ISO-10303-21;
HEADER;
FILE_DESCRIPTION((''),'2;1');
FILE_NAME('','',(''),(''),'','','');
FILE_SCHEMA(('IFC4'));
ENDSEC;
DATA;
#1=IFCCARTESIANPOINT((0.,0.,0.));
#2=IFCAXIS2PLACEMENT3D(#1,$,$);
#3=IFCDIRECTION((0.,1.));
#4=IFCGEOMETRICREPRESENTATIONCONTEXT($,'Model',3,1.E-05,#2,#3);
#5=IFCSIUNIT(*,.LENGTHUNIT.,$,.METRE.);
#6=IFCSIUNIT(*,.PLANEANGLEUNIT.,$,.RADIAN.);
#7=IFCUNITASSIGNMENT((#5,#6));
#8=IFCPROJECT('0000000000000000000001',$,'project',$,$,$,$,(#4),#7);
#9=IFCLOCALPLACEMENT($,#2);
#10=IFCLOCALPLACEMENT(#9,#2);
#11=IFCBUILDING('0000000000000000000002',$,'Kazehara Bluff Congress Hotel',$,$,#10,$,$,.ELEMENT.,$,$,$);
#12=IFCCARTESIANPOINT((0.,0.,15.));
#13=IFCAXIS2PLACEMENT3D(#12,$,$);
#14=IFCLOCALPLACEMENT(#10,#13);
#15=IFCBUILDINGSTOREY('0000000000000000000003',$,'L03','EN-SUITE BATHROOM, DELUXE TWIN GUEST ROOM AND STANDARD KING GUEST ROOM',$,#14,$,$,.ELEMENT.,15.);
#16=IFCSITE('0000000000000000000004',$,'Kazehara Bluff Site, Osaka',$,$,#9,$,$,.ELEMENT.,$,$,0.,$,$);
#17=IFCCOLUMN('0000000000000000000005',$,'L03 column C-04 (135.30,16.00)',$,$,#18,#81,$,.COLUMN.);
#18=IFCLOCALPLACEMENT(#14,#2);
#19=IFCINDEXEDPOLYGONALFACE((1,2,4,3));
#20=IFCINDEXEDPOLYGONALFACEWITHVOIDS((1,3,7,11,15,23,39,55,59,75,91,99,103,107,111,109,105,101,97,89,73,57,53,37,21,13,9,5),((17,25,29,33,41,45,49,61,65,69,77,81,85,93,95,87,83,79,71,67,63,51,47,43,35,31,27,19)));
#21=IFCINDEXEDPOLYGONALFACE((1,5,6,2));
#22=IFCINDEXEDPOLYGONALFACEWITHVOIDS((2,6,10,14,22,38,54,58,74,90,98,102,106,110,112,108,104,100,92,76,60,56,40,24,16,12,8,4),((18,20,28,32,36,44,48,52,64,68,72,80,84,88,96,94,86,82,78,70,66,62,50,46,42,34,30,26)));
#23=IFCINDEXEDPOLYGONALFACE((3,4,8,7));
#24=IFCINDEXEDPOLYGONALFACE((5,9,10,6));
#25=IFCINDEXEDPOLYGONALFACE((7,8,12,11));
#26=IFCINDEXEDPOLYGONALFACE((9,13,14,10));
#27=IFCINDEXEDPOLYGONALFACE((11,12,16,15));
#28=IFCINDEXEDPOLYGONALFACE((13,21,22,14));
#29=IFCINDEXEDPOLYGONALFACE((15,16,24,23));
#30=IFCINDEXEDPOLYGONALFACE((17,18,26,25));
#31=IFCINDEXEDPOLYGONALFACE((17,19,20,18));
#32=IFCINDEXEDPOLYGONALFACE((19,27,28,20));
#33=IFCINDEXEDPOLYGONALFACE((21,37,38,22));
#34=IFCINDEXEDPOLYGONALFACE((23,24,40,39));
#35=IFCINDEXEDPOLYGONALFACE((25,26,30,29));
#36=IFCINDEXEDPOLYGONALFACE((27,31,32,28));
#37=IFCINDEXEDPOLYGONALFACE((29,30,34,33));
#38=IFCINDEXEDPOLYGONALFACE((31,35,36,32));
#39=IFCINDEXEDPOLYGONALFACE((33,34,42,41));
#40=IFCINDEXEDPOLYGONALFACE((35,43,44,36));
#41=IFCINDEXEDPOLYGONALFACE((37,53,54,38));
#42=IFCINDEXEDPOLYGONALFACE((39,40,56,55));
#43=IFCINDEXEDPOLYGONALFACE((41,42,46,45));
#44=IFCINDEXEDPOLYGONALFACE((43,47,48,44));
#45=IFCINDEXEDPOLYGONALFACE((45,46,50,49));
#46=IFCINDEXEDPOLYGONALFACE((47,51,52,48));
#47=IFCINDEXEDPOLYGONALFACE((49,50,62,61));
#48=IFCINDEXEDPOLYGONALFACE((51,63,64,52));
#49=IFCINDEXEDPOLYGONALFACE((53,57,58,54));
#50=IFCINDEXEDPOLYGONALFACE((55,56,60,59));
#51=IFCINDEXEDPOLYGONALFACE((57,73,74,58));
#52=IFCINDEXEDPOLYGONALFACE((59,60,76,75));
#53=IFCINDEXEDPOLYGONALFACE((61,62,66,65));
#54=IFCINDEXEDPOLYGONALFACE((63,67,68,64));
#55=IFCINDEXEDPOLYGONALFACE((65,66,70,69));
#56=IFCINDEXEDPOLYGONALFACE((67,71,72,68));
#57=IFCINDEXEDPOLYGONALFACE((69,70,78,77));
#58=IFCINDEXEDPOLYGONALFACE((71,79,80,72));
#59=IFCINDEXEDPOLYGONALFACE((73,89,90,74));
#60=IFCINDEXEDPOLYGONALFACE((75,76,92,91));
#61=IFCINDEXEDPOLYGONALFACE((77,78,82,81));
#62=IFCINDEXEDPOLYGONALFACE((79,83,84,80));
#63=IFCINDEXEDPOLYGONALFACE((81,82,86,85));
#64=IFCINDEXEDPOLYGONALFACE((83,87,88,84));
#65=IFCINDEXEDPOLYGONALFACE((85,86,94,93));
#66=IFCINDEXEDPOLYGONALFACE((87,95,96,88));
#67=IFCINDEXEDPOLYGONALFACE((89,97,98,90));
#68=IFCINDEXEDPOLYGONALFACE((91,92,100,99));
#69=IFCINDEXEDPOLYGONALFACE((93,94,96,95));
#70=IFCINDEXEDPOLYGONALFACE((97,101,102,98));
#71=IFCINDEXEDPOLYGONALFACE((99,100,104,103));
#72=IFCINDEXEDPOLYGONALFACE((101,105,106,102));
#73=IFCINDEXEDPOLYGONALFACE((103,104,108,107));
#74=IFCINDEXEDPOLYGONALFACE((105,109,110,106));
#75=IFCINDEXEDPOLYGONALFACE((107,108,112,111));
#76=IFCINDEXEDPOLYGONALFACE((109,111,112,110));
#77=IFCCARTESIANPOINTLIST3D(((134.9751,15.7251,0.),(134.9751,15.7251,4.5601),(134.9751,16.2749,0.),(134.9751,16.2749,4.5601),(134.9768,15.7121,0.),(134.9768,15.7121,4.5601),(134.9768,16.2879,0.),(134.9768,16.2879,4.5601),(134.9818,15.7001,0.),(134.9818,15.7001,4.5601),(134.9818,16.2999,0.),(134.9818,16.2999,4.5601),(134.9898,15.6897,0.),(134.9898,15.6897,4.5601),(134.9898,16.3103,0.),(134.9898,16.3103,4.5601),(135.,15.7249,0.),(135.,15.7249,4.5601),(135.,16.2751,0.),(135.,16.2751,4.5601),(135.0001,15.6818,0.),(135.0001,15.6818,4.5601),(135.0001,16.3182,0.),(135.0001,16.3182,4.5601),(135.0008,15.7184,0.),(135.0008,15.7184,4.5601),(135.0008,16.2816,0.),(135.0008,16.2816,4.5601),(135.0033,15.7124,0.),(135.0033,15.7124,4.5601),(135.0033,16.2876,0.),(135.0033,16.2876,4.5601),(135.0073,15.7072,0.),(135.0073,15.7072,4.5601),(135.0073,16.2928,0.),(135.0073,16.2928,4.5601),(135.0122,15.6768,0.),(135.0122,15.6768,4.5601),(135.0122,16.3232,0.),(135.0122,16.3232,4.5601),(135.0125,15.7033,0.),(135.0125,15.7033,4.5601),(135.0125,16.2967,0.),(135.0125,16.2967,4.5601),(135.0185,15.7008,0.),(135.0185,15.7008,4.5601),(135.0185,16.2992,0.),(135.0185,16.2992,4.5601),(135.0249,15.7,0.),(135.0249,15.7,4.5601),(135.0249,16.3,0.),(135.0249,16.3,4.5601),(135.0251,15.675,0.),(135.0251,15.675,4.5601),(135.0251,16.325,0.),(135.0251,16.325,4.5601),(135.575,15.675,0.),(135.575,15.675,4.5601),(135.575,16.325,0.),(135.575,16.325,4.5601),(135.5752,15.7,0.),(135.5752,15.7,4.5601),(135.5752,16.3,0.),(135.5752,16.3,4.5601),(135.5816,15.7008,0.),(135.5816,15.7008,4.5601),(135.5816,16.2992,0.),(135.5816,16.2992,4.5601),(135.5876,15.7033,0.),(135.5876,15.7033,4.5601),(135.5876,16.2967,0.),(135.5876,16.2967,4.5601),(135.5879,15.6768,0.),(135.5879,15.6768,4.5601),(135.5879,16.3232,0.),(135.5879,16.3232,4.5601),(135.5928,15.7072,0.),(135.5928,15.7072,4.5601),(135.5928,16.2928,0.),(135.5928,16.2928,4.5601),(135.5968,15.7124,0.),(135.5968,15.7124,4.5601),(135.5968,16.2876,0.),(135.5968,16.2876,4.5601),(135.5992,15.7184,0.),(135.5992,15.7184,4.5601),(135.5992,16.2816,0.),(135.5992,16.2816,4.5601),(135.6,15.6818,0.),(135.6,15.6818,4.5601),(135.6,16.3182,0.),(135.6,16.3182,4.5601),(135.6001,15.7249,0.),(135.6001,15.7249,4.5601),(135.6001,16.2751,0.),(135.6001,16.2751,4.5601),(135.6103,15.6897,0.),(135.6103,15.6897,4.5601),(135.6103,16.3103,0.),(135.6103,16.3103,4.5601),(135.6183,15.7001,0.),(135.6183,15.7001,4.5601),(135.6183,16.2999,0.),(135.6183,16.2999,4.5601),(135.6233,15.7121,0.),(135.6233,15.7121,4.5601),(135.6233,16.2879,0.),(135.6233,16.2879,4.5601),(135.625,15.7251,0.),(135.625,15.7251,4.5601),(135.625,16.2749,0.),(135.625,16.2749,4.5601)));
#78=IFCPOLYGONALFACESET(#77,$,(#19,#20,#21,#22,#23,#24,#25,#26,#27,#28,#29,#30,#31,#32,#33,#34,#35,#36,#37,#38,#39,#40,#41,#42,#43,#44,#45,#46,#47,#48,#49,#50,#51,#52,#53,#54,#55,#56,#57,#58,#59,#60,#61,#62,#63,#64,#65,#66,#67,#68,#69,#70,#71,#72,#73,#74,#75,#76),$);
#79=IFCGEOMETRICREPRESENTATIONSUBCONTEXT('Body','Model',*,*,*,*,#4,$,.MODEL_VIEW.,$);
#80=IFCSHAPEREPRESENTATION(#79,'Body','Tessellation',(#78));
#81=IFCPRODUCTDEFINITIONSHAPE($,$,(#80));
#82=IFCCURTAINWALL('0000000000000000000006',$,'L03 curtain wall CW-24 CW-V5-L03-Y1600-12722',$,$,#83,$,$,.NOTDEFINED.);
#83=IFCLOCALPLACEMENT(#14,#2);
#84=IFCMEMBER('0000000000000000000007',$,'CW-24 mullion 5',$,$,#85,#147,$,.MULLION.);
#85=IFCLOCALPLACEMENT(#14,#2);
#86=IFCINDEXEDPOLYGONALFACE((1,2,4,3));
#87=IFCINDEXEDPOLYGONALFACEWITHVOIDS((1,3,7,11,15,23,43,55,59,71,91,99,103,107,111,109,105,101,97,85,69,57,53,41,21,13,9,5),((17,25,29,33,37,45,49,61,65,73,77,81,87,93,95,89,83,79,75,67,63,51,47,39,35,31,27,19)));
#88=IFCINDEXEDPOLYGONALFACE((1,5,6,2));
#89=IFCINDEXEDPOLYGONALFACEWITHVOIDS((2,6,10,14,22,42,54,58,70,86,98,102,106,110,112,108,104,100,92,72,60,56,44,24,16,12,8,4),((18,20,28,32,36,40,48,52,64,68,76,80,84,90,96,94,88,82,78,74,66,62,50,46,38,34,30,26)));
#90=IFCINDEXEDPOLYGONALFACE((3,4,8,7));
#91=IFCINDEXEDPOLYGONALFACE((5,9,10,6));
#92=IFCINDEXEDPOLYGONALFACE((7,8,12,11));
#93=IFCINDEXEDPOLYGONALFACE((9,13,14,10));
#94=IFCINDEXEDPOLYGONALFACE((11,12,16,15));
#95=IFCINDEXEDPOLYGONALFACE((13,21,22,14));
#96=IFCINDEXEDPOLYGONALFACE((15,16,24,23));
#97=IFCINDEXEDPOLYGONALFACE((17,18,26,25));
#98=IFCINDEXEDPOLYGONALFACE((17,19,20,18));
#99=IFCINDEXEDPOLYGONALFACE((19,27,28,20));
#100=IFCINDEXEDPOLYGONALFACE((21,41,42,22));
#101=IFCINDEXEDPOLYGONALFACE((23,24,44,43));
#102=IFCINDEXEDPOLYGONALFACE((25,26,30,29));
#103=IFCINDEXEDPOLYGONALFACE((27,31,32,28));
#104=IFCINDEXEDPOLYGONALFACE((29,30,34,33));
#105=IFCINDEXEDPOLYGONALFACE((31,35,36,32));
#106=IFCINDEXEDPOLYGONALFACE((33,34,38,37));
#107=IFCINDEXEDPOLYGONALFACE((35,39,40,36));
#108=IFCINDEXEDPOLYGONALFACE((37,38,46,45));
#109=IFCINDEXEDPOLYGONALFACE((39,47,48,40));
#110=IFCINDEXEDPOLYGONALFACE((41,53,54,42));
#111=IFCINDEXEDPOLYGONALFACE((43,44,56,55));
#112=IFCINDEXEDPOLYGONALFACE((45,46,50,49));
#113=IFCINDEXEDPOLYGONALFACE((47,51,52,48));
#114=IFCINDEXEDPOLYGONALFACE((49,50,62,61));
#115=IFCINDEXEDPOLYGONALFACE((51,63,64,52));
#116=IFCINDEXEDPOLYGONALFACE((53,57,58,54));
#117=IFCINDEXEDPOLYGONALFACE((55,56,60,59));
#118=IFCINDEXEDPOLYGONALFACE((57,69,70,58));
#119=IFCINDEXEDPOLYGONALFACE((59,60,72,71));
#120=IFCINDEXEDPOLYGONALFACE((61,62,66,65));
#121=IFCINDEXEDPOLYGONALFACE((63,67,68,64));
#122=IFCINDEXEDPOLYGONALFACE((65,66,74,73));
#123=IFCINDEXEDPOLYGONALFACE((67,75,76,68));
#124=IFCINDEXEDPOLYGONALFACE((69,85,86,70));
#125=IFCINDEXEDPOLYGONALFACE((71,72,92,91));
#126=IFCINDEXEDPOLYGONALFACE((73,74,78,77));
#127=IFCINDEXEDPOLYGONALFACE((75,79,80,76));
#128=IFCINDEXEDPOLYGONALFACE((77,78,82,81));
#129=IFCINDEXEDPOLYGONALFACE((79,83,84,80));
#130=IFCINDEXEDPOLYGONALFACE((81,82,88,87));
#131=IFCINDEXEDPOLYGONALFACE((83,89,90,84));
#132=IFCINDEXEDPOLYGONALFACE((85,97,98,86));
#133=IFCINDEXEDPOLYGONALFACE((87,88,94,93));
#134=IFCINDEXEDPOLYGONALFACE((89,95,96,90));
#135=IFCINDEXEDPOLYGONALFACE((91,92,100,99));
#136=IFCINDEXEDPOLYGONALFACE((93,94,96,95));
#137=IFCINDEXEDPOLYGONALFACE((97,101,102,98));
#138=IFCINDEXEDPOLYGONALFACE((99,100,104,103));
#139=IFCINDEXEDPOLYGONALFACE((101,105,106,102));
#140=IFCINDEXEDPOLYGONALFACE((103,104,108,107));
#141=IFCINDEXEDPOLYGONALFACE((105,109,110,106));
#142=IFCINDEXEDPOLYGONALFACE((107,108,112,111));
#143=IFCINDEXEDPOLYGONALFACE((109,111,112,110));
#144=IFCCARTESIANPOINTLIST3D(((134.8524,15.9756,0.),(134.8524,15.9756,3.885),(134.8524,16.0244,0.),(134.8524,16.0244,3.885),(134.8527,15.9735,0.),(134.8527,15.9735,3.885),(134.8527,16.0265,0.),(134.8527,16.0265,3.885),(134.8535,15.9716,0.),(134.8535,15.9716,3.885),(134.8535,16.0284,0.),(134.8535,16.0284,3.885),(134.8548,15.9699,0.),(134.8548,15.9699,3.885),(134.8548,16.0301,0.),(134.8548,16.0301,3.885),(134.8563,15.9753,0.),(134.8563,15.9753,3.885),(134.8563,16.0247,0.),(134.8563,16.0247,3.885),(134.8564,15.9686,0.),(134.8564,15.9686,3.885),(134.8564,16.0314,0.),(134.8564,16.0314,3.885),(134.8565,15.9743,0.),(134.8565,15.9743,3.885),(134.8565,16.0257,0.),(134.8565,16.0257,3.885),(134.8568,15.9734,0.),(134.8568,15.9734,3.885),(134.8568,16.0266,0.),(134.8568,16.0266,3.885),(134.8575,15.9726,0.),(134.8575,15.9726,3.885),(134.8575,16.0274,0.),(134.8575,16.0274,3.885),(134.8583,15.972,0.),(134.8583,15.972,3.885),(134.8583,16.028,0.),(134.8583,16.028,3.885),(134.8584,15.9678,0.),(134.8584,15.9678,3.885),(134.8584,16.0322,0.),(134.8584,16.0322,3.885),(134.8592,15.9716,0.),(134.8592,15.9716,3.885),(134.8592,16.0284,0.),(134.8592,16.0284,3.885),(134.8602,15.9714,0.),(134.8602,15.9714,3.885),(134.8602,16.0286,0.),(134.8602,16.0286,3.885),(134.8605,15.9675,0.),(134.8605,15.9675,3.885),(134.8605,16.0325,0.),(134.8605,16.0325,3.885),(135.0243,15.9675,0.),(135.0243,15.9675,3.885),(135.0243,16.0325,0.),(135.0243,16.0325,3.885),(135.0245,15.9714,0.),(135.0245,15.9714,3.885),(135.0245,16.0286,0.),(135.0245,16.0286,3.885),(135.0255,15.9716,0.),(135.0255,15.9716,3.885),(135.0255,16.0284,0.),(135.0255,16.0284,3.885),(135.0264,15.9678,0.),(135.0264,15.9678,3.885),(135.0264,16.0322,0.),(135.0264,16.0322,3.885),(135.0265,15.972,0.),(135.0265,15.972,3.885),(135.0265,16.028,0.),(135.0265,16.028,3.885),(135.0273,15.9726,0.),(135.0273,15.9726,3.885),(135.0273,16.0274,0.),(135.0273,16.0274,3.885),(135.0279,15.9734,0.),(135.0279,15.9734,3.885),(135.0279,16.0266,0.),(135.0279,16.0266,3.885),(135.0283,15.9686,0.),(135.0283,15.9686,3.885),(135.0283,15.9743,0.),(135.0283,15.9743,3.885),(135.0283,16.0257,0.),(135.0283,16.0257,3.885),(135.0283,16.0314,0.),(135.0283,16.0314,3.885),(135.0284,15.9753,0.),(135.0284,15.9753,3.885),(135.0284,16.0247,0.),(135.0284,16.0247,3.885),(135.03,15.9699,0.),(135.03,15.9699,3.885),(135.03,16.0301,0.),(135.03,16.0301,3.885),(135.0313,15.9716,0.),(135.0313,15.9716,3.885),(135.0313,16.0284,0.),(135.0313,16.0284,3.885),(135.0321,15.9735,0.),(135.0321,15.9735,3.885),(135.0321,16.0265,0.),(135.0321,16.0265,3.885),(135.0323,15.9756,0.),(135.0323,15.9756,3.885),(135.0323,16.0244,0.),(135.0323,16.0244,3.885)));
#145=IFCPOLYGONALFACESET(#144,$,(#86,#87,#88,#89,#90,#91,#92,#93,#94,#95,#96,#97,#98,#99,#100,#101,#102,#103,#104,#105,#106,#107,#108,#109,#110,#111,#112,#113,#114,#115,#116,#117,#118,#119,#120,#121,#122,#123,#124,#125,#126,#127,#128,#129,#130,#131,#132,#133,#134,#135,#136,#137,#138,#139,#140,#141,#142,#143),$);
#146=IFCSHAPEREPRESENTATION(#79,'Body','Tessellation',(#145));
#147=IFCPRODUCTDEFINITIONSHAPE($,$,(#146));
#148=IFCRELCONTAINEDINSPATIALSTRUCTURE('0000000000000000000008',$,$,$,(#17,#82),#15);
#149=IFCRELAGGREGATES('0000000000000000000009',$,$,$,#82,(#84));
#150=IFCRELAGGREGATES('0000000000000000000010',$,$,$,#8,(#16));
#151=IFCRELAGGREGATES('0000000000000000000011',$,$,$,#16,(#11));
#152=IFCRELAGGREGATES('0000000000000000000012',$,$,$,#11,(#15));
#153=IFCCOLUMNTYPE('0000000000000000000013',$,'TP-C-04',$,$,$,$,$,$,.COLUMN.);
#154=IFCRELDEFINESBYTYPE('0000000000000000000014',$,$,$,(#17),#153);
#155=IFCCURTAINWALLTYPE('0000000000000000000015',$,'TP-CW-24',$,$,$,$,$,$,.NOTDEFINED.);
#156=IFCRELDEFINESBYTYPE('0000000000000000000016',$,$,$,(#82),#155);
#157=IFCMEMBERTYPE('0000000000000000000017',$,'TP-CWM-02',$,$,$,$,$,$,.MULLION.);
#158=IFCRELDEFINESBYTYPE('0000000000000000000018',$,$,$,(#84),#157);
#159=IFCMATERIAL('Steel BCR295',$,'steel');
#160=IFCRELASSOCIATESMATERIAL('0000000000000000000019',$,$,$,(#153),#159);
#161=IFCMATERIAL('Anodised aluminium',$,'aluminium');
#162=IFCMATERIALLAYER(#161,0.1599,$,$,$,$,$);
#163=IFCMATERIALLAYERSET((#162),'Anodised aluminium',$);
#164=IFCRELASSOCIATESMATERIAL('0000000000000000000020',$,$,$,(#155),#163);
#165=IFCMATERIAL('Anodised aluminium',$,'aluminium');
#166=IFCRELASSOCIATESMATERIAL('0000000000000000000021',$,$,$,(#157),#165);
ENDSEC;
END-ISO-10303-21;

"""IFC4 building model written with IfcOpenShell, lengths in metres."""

from ifc_helpers import new_model, si_unit, direction, frame, origin, origin_2d, place, context, subcontext, project, spatial, hollow_rectangle, extrude, material, layer, layer_set, material_profile, profile_set, type_object, element, aggregate, save


model = new_model("IFC4")

# Units and contexts
model_context = context("Model", 3, precision=1e-05, world=origin(), true_north=direction((0.0, 1.0)))
body_context = subcontext(model_context, "Body", "Model", "MODEL_VIEW")
ifc_project = project(units=[si_unit("LENGTHUNIT", "METRE"), si_unit("PLANEANGLEUNIT", "RADIAN")], contexts=[model_context])

# Site, building, storey
site_placement = place(None, origin())
site = spatial("IfcSite", under=ifc_project, at=site_placement, Name="Kazehara Bluff Site, Osaka", CompositionType="ELEMENT", RefElevation=0.0)
building_placement = place(site_placement, origin())
building = spatial("IfcBuilding", under=site, at=building_placement, Name="Kazehara Bluff Congress Hotel", CompositionType="ELEMENT")
storey_placement = place(building_placement, frame((0.0, 0.0, 15.0)))
storey = spatial("IfcBuildingStorey", under=building, at=storey_placement, Name="L03", Description="EN-SUITE BATHROOM, DELUXE TWIN GUEST ROOM AND STANDARD KING GUEST ROOM", CompositionType="ELEMENT", Elevation=15.0)

# Column
ifc_material_1 = material(Name="Steel BCR295", Category="steel")
ifc_material_profile_1 = material_profile(ifc_material_1, hollow_rectangle(XDim=0.6499, YDim=0.6499, WallThickness=0.0249, InnerFilletRadius=0.0249, OuterFilletRadius=0.05, at=origin_2d()))
ifc_profile_set_1 = profile_set([ifc_material_profile_1], Name="Steel BCR295")
column_type = type_object("IfcColumnType", Name="TP-C-04", PredefinedType="COLUMN", material=ifc_profile_set_1)
column_placement = place(storey_placement, frame((135.3, 16.0, 0.0), z_axis=(0.0, 0.0, 1.0), x_axis=(1.0, 0.0, 0.0)))
element("IfcColumn", 1, at=column_placement, inside=storey, type_object=column_type, Name="L03 column C-04 (135.30,16.00)", PredefinedType="COLUMN", context=body_context, shape_type="SweptSolid", body=[
    extrude(hollow_rectangle(XDim=0.6499, YDim=0.6499, WallThickness=0.0249, InnerFilletRadius=0.0249, OuterFilletRadius=0.05, at=origin_2d()), origin(), (0.0, 0.0, 1.0), 4.5601),
])

# Curtain wall, member
ifc_material_2 = material(Name="Anodised aluminium", Category="aluminium")
ifc_layer_1 = layer(ifc_material_2, 0.1599)
ifc_layer_set_1 = layer_set([ifc_layer_1], Name="Anodised aluminium")
curtain_wall_type = type_object("IfcCurtainWallType", Name="TP-CW-24", PredefinedType="NOTDEFINED", material=ifc_layer_set_1)
curtain_wall_1_placement = place(storey_placement, origin())
curtain_wall_1 = element("IfcCurtainWall", 2, at=curtain_wall_1_placement, inside=storey, type_object=curtain_wall_type, Name="L03 curtain wall CW-24 CW-V5-L03-Y1600-12722", PredefinedType="NOTDEFINED")
ifc_material_3 = material(Name="Anodised aluminium", Category="aluminium")
ifc_material_profile_2 = material_profile(ifc_material_3, hollow_rectangle(XDim=0.0649, YDim=0.1799, WallThickness=0.0039, InnerFilletRadius=0.0039, OuterFilletRadius=0.0081, at=origin_2d()))
ifc_profile_set_2 = profile_set([ifc_material_profile_2], Name="Anodised aluminium")
member_type_1 = type_object("IfcMemberType", Name="TP-CWM-02", PredefinedType="MULLION", material=ifc_profile_set_2)
member_1_placement = place(storey_placement, frame((134.9424, 16.0, 0.0), z_axis=(0.0, 0.0, 1.0), x_axis=(0.0, 1.0, 0.0)))
member_1 = element("IfcMember", 3, at=member_1_placement, type_object=member_type_1, Name="CW-24 mullion 5", PredefinedType="MULLION", context=body_context, shape_type="SweptSolid", body=[
    extrude(hollow_rectangle(XDim=0.0649, YDim=0.1799, WallThickness=0.0039, InnerFilletRadius=0.0039, OuterFilletRadius=0.0081, at=origin_2d()), origin(), (0.0, 0.0, 1.0), 3.885),
])

aggregate(curtain_wall_1, [member_1])

save(model, "model.ifc")
